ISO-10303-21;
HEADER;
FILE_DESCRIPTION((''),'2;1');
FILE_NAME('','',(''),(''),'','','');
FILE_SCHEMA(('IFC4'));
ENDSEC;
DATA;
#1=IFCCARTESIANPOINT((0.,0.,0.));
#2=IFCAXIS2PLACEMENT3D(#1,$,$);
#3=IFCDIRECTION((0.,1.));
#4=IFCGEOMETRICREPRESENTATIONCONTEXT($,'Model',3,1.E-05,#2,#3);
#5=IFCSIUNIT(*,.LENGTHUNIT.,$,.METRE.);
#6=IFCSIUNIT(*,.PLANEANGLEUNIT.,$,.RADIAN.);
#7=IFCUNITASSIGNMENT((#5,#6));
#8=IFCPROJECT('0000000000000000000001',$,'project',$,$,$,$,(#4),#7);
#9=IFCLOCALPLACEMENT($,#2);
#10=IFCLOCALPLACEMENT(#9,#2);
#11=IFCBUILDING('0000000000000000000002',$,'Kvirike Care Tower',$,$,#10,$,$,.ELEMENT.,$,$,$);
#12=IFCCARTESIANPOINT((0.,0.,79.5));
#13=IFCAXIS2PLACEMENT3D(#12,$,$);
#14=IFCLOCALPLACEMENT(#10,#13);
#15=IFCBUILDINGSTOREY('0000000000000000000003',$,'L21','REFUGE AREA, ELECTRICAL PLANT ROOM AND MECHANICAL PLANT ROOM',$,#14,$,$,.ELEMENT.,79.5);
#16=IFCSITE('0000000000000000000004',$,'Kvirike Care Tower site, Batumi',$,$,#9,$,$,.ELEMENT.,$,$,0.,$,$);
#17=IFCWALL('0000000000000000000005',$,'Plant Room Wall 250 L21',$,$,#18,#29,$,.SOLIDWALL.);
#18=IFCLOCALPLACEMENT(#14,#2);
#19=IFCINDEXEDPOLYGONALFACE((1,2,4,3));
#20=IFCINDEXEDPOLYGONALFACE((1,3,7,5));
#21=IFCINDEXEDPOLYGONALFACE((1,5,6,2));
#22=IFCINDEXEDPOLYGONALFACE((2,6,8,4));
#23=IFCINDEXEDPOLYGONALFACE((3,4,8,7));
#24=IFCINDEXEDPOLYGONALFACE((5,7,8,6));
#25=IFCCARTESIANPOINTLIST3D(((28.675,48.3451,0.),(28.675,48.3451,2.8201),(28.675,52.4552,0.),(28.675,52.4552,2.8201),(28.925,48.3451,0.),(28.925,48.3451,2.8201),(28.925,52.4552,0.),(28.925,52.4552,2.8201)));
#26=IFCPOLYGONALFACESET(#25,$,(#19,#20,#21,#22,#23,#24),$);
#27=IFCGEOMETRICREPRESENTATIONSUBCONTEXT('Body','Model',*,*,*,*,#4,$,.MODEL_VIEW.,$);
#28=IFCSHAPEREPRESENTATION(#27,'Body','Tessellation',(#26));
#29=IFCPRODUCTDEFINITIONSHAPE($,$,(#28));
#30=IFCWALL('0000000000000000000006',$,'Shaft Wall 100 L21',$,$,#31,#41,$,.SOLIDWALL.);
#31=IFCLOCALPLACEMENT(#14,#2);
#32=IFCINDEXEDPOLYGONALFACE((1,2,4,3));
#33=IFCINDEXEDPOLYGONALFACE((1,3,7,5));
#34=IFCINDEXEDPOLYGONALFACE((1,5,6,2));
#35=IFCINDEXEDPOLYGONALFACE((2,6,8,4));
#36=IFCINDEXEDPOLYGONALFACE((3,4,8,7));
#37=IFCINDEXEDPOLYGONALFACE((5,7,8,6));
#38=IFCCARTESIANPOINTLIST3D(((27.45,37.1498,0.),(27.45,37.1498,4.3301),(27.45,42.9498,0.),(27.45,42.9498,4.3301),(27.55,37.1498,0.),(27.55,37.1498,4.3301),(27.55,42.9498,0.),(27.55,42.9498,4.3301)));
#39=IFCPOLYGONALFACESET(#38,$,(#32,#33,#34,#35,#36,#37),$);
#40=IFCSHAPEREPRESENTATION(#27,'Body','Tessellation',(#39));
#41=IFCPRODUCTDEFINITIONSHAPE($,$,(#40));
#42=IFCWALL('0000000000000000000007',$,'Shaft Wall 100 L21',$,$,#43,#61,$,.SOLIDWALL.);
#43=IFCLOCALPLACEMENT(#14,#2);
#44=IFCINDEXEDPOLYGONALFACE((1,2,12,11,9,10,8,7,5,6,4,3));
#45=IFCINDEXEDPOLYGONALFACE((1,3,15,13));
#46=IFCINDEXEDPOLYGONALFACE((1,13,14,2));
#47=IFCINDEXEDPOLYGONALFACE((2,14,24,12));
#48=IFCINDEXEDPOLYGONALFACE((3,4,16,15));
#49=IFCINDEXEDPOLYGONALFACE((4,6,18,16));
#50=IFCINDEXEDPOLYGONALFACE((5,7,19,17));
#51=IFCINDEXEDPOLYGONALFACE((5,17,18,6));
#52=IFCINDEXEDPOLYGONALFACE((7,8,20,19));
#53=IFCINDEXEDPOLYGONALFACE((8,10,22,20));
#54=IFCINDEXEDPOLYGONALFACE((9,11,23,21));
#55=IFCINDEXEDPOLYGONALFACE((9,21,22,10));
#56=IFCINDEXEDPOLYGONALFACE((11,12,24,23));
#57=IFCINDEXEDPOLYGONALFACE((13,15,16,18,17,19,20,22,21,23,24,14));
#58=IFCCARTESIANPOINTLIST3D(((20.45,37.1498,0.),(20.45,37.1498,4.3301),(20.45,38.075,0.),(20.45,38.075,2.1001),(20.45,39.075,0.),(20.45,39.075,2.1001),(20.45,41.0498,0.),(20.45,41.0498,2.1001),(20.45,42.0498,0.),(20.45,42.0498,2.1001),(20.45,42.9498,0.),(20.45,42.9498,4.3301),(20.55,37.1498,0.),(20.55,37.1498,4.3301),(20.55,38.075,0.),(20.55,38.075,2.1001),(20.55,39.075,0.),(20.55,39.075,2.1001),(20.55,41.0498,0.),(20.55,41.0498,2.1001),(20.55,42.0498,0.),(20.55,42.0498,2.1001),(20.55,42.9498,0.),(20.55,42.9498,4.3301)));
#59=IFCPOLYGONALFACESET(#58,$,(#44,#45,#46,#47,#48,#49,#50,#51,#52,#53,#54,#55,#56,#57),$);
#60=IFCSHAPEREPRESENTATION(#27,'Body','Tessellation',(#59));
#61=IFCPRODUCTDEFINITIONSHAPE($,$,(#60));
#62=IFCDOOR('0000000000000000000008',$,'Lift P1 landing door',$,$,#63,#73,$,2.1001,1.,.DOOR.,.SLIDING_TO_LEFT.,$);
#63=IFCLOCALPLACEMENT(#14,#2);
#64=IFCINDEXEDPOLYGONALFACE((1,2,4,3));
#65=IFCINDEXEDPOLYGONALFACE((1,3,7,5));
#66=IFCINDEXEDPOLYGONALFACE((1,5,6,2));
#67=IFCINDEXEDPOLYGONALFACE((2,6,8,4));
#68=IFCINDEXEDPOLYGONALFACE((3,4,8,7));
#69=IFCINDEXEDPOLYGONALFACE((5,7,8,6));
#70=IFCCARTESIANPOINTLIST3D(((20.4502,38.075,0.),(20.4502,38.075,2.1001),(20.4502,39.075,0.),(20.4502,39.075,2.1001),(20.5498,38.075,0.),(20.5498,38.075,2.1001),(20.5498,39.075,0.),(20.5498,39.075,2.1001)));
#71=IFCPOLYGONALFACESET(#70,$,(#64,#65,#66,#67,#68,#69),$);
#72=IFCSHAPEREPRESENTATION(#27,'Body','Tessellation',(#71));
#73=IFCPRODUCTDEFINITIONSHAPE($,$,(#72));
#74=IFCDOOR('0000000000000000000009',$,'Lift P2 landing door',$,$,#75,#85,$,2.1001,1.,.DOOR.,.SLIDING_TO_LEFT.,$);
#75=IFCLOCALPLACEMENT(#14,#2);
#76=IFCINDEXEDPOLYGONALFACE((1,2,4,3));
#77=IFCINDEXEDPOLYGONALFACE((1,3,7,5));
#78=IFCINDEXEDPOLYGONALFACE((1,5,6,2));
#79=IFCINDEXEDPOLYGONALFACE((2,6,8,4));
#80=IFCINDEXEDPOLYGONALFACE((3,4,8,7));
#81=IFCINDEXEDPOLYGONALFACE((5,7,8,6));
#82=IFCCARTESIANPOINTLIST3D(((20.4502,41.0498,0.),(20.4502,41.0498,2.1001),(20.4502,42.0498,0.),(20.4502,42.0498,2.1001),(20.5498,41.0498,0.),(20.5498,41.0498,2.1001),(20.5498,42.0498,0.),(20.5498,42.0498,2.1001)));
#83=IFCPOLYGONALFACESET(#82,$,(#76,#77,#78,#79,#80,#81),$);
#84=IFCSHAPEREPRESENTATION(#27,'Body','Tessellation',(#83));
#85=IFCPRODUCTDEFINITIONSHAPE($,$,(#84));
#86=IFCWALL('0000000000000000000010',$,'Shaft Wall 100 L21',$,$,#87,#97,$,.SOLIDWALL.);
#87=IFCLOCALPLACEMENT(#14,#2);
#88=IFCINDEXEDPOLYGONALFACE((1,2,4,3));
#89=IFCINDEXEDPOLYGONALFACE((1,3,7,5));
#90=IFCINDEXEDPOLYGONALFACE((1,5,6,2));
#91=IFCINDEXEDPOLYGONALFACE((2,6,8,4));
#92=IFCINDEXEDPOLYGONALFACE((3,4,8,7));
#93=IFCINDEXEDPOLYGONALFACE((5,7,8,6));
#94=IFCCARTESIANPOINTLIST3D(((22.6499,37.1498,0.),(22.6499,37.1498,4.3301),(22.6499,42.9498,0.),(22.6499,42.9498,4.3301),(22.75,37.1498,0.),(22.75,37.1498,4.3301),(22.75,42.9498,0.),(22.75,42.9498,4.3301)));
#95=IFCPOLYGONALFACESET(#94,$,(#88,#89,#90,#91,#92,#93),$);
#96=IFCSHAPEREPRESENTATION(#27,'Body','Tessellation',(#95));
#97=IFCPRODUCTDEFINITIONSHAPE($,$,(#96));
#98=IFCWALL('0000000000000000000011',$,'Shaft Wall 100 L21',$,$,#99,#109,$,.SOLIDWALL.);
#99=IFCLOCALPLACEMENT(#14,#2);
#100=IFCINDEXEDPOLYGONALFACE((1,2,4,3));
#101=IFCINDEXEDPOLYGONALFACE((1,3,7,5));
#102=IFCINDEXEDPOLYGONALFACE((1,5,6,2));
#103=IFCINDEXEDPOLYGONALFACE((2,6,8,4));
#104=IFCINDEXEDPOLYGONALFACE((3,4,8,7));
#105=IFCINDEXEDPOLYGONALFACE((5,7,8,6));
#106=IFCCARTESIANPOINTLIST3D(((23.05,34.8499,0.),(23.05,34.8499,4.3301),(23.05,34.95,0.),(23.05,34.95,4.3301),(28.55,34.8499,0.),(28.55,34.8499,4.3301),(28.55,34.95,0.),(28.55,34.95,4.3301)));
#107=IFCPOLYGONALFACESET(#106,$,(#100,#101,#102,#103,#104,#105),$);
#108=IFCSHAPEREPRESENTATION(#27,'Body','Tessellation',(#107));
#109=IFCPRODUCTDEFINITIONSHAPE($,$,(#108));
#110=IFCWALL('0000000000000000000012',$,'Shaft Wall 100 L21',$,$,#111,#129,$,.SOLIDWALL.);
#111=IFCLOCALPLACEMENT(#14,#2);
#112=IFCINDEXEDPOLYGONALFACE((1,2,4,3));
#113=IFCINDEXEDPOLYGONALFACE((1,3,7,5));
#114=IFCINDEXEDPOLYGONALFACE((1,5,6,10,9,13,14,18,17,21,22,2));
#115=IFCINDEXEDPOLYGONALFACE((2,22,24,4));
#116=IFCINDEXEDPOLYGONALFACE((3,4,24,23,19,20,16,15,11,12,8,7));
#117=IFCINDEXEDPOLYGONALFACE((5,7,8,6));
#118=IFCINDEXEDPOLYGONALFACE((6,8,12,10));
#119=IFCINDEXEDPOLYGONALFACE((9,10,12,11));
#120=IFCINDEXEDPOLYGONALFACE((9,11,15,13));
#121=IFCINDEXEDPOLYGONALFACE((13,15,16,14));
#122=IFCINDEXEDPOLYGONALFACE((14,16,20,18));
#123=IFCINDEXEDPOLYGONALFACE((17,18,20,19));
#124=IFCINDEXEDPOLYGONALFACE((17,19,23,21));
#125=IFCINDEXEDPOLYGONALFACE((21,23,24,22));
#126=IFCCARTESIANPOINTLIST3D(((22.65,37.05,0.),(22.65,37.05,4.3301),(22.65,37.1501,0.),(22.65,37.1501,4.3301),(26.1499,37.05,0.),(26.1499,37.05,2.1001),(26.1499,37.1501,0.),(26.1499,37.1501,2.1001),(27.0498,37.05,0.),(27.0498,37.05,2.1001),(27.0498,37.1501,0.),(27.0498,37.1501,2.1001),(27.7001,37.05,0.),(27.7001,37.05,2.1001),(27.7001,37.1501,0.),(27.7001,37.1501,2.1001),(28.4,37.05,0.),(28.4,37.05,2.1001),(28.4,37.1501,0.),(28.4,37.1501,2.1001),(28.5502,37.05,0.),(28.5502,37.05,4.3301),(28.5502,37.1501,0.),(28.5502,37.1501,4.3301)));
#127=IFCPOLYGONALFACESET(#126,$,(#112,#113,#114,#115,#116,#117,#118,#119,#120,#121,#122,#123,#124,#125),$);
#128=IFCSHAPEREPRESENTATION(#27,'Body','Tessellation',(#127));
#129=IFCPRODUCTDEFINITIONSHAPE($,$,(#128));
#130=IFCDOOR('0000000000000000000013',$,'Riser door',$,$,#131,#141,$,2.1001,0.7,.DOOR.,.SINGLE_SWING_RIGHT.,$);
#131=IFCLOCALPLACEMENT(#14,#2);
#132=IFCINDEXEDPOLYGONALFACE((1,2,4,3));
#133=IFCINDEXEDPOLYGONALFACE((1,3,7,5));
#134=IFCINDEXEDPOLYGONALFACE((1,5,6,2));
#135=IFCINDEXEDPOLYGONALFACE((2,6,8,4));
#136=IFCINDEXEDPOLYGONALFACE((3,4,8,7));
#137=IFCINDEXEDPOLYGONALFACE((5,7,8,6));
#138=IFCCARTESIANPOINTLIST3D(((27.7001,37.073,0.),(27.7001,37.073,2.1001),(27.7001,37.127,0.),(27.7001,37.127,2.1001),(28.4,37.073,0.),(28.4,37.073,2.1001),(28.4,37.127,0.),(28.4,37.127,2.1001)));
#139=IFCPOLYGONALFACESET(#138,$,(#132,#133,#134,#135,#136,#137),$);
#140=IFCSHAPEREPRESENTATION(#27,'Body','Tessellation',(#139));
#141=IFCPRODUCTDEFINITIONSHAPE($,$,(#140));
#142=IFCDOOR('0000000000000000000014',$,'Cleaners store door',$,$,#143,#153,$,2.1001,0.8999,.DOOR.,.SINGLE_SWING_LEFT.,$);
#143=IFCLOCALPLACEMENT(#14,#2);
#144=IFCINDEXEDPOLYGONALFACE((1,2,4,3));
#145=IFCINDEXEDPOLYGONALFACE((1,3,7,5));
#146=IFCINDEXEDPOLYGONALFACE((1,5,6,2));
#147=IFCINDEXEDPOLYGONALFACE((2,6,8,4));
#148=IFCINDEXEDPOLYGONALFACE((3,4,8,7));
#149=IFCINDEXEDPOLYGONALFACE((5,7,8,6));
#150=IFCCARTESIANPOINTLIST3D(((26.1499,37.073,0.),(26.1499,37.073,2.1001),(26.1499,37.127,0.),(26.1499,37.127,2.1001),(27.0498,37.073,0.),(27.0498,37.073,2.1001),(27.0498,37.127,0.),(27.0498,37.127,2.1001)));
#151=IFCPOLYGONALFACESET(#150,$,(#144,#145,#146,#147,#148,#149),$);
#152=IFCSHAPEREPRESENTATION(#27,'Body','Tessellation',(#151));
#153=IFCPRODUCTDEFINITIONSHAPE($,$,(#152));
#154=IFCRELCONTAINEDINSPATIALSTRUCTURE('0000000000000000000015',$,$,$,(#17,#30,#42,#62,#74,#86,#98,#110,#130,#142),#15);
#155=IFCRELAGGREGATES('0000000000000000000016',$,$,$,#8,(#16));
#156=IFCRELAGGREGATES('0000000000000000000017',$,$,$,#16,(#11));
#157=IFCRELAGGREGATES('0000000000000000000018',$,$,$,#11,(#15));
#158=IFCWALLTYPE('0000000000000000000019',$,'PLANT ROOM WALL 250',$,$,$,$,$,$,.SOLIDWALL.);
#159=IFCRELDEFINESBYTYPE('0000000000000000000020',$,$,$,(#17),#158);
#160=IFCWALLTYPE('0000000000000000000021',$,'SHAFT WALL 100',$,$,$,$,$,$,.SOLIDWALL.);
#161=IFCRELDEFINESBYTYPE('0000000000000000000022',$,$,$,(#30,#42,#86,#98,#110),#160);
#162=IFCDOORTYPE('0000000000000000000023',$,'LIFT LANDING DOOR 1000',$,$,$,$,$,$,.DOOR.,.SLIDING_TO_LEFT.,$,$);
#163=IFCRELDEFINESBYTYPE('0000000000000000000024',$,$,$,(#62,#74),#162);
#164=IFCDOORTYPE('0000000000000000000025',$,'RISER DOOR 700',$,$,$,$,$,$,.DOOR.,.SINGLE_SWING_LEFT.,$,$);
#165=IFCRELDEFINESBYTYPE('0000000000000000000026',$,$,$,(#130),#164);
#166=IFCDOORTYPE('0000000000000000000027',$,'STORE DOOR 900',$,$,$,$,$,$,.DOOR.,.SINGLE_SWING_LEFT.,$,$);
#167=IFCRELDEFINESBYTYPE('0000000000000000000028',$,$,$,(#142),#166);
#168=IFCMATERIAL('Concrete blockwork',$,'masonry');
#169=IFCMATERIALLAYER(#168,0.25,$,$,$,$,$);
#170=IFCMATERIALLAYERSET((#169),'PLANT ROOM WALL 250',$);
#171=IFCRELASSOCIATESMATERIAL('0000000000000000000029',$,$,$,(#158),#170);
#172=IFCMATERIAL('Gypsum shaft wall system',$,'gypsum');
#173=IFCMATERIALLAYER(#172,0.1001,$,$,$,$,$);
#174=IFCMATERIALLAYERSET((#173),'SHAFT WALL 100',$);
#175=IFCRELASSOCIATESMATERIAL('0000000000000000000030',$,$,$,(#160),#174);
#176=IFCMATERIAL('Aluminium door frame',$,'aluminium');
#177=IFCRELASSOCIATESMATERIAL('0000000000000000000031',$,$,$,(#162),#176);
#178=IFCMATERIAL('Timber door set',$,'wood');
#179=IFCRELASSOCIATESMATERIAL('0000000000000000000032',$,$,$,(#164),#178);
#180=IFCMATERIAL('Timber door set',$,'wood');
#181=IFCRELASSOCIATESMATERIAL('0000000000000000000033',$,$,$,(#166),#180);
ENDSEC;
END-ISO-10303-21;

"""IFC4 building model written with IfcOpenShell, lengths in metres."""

from ifc_helpers import new_model, si_unit, direction, frame, frame_2d, origin, place, context, subcontext, project, spatial, rectangle, extrude, material, layer, layer_set, type_object, element, fill, save


model = new_model("IFC4")

# Units and contexts
model_context = context("Model", 3, precision=1e-05, world=origin(), true_north=direction((0.0, 1.0)))
body_context = subcontext(model_context, "Body", "Model", "MODEL_VIEW")
ifc_project = project(units=[si_unit("LENGTHUNIT", "METRE"), si_unit("PLANEANGLEUNIT", "RADIAN")], contexts=[model_context])

# Site, building, storey
site_placement = place(None, origin())
site = spatial("IfcSite", under=ifc_project, at=site_placement, Name="Kvirike Care Tower site, Batumi", CompositionType="ELEMENT", RefElevation=0.0)
building_placement = place(site_placement, origin())
building = spatial("IfcBuilding", under=site, at=building_placement, Name="Kvirike Care Tower", CompositionType="ELEMENT")
storey_placement = place(building_placement, frame((0.0, 0.0, 79.5)))
storey = spatial("IfcBuildingStorey", under=building, at=storey_placement, Name="L21", Description="REFUGE AREA, ELECTRICAL PLANT ROOM AND MECHANICAL PLANT ROOM", CompositionType="ELEMENT", Elevation=79.5)

# Shared definitions
ifc_material_1 = material(Name="Concrete blockwork", Category="masonry")
ifc_layer_1 = layer(ifc_material_1, 0.25)
ifc_layer_set_1 = layer_set([ifc_layer_1], Name="PLANT ROOM WALL 250")
wall_type_1 = type_object("IfcWallType", Name="PLANT ROOM WALL 250", PredefinedType="SOLIDWALL", material=ifc_layer_set_1)

# Walls
wall_1_placement = place(storey_placement, frame((28.8, 48.345, 0.0), z_axis=(0.0, 0.0, 1.0), x_axis=(0.0, 1.0, 0.0)))
element("IfcWall", 1, at=wall_1_placement, inside=storey, type_object=wall_type_1, Name="Plant Room Wall 250 L21", PredefinedType="SOLIDWALL", context=body_context, shape_type="SweptSolid", body=[
    extrude(rectangle(XDim=4.1101, YDim=0.25, at=frame_2d((2.0552, 0.0))), origin(), (0.0, 0.0, 1.0), 2.8201),
])
ifc_material_2 = material(Name="Gypsum shaft wall system", Category="gypsum")
ifc_layer_2 = layer(ifc_material_2, 0.1001)
ifc_layer_set_2 = layer_set([ifc_layer_2], Name="SHAFT WALL 100")
wall_type_2 = type_object("IfcWallType", Name="SHAFT WALL 100", PredefinedType="SOLIDWALL", material=ifc_layer_set_2)
wall_2_placement = place(storey_placement, frame((27.5, 37.1499, 0.0), z_axis=(0.0, 0.0, 1.0), x_axis=(0.0, 1.0, 0.0)))
element("IfcWall", 2, at=wall_2_placement, inside=storey, type_object=wall_type_2, Name="Shaft Wall 100 L21", PredefinedType="SOLIDWALL", context=body_context, shape_type="SweptSolid", body=[
    extrude(rectangle(XDim=5.8, YDim=0.1001, at=frame_2d((2.8999, 0.0))), origin(), (0.0, 0.0, 1.0), 4.3301),
])

# Wall, openings, doors
wall_3_placement = place(storey_placement, frame((20.5, 37.1499, 0.0), z_axis=(0.0, 0.0, 1.0), x_axis=(0.0, 1.0, 0.0)))
wall_3 = element("IfcWall", 3, at=wall_3_placement, inside=storey, type_object=wall_type_2, Name="Shaft Wall 100 L21", PredefinedType="SOLIDWALL", context=body_context, shape_type="SweptSolid", body=[
    extrude(rectangle(XDim=5.8, YDim=0.1001, at=frame_2d((2.8999, 0.0))), origin(), (0.0, 0.0, 1.0), 4.3301),
])
opening_1_placement = place(wall_3_placement, frame((0.925, 0.0, 0.0)))
opening_1 = element("IfcOpeningElement", 4, at=opening_1_placement, cuts=wall_3, PredefinedType="OPENING", context=body_context, shape_type="SweptSolid", body=[
    extrude(rectangle(XDim=1.0, YDim=2.1001, at=frame_2d((0.5, 1.05))), frame((0.0, 0.0605, 0.0), z_axis=(0.0, -1.0, 0.0), x_axis=(1.0, 0.0, 0.0)), (0.0, 0.0, 1.0), 0.1211),
])
opening_2_placement = place(wall_3_placement, frame((3.8999, 0.0, 0.0)))
opening_2 = element("IfcOpeningElement", 5, at=opening_2_placement, cuts=wall_3, PredefinedType="OPENING", context=body_context, shape_type="SweptSolid", body=[
    extrude(rectangle(XDim=1.0, YDim=2.1001, at=frame_2d((0.5, 1.05))), frame((0.0, 0.0605, 0.0), z_axis=(0.0, -1.0, 0.0), x_axis=(1.0, 0.0, 0.0)), (0.0, 0.0, 1.0), 0.1211),
])
ifc_material_3 = material(Name="Aluminium door frame", Category="aluminium")
door_type_1 = type_object("IfcDoorType", Name="LIFT LANDING DOOR 1000", OperationType="SLIDING_TO_LEFT", PredefinedType="DOOR", material=ifc_material_3)
door_1_placement = place(opening_1_placement, origin())
door_1 = element("IfcDoor", 6, at=door_1_placement, inside=storey, type_object=door_type_1, Name="Lift P1 landing door", OperationType="SLIDING_TO_LEFT", OverallHeight=2.1001, OverallWidth=1.0, PredefinedType="DOOR", context=body_context, shape_type="SweptSolid", body=[
    extrude(rectangle(XDim=1.0, YDim=2.1001, at=frame_2d((0.5, 1.05))), frame((0.0, 0.0498, 0.0), z_axis=(0.0, -1.0, 0.0), x_axis=(1.0, 0.0, 0.0)), (0.0, 0.0, 1.0), 0.0996),
])
fill(opening_1, door_1)
door_2_placement = place(opening_2_placement, origin())
door_2 = element("IfcDoor", 7, at=door_2_placement, inside=storey, type_object=door_type_1, Name="Lift P2 landing door", OperationType="SLIDING_TO_LEFT", OverallHeight=2.1001, OverallWidth=1.0, PredefinedType="DOOR", context=body_context, shape_type="SweptSolid", body=[
    extrude(rectangle(XDim=1.0, YDim=2.1001, at=frame_2d((0.5, 1.05))), frame((0.0, 0.0498, 0.0), z_axis=(0.0, -1.0, 0.0), x_axis=(1.0, 0.0, 0.0)), (0.0, 0.0, 1.0), 0.0996),
])
fill(opening_2, door_2)

# Walls
wall_4_placement = place(storey_placement, frame((22.7, 37.1499, 0.0), z_axis=(0.0, 0.0, 1.0), x_axis=(0.0, 1.0, 0.0)))
element("IfcWall", 8, at=wall_4_placement, inside=storey, type_object=wall_type_2, Name="Shaft Wall 100 L21", PredefinedType="SOLIDWALL", context=body_context, shape_type="SweptSolid", body=[
    extrude(rectangle(XDim=5.8, YDim=0.1001, at=frame_2d((2.8999, 0.0))), origin(), (0.0, 0.0, 1.0), 4.3301),
])
wall_5_placement = place(storey_placement, frame((23.05, 34.8999, 0.0), z_axis=(0.0, 0.0, 1.0), x_axis=(1.0, 0.0, 0.0)))
element("IfcWall", 9, at=wall_5_placement, inside=storey, type_object=wall_type_2, Name="Shaft Wall 100 L21", PredefinedType="SOLIDWALL", context=body_context, shape_type="SweptSolid", body=[
    extrude(rectangle(XDim=5.5, YDim=0.1001, at=frame_2d((2.75, 0.0))), origin(), (0.0, 0.0, 1.0), 4.3301),
])

# Wall, openings, doors
wall_6_placement = place(storey_placement, frame((22.6499, 37.1001, 0.0), z_axis=(0.0, 0.0, 1.0), x_axis=(1.0, 0.0, 0.0)))
wall_6 = element("IfcWall", 10, at=wall_6_placement, inside=storey, type_object=wall_type_2, Name="Shaft Wall 100 L21", PredefinedType="SOLIDWALL", context=body_context, shape_type="SweptSolid", body=[
    extrude(rectangle(XDim=5.9001, YDim=0.1001, at=frame_2d((2.9502, 0.0))), origin(), (0.0, 0.0, 1.0), 4.3301),
])
opening_3_placement = place(wall_6_placement, frame((3.5, 0.0, 0.0)))
opening_3 = element("IfcOpeningElement", 11, at=opening_3_placement, cuts=wall_6, PredefinedType="OPENING", context=body_context, shape_type="SweptSolid", body=[
    extrude(rectangle(XDim=0.8999, YDim=2.1001, at=frame_2d((0.45, 1.05))), frame((0.0, 0.0605, 0.0), z_axis=(0.0, -1.0, 0.0), x_axis=(1.0, 0.0, 0.0)), (0.0, 0.0, 1.0), 0.1211),
])
opening_4_placement = place(wall_6_placement, frame((5.05, 0.0, 0.0)))
opening_4 = element("IfcOpeningElement", 12, at=opening_4_placement, cuts=wall_6, PredefinedType="OPENING", context=body_context, shape_type="SweptSolid", body=[
    extrude(rectangle(XDim=0.7, YDim=2.1001, at=frame_2d((0.3501, 1.05))), frame((0.0, 0.0605, 0.0), z_axis=(0.0, -1.0, 0.0), x_axis=(1.0, 0.0, 0.0)), (0.0, 0.0, 1.0), 0.1211),
])
ifc_material_4 = material(Name="Timber door set", Category="wood")
door_type_2 = type_object("IfcDoorType", Name="RISER DOOR 700", OperationType="SINGLE_SWING_LEFT", PredefinedType="DOOR", material=ifc_material_4)
door_3_placement = place(opening_4_placement, origin())
door_3 = element("IfcDoor", 13, at=door_3_placement, inside=storey, type_object=door_type_2, Name="Riser door", OperationType="SINGLE_SWING_RIGHT", OverallHeight=2.1001, OverallWidth=0.7, PredefinedType="DOOR", context=body_context, shape_type="SweptSolid", body=[
    extrude(rectangle(XDim=0.7, YDim=2.1001, at=frame_2d((0.3501, 1.05))), frame((0.0, 0.0269, 0.0), z_axis=(0.0, -1.0, 0.0), x_axis=(1.0, 0.0, 0.0)), (0.0, 0.0, 1.0), 0.054),
])
fill(opening_4, door_3)
ifc_material_5 = material(Name="Timber door set", Category="wood")
door_type_3 = type_object("IfcDoorType", Name="STORE DOOR 900", OperationType="SINGLE_SWING_LEFT", PredefinedType="DOOR", material=ifc_material_5)
door_4_placement = place(opening_3_placement, origin())
door_4 = element("IfcDoor", 14, at=door_4_placement, inside=storey, type_object=door_type_3, Name="Cleaners store door", OperationType="SINGLE_SWING_LEFT", OverallHeight=2.1001, OverallWidth=0.8999, PredefinedType="DOOR", context=body_context, shape_type="SweptSolid", body=[
    extrude(rectangle(XDim=0.8999, YDim=2.1001, at=frame_2d((0.45, 1.05))), frame((0.0, 0.0269, 0.0), z_axis=(0.0, -1.0, 0.0), x_axis=(1.0, 0.0, 0.0)), (0.0, 0.0, 1.0), 0.054),
])
fill(opening_3, door_4)

save(model, "model.ifc")
